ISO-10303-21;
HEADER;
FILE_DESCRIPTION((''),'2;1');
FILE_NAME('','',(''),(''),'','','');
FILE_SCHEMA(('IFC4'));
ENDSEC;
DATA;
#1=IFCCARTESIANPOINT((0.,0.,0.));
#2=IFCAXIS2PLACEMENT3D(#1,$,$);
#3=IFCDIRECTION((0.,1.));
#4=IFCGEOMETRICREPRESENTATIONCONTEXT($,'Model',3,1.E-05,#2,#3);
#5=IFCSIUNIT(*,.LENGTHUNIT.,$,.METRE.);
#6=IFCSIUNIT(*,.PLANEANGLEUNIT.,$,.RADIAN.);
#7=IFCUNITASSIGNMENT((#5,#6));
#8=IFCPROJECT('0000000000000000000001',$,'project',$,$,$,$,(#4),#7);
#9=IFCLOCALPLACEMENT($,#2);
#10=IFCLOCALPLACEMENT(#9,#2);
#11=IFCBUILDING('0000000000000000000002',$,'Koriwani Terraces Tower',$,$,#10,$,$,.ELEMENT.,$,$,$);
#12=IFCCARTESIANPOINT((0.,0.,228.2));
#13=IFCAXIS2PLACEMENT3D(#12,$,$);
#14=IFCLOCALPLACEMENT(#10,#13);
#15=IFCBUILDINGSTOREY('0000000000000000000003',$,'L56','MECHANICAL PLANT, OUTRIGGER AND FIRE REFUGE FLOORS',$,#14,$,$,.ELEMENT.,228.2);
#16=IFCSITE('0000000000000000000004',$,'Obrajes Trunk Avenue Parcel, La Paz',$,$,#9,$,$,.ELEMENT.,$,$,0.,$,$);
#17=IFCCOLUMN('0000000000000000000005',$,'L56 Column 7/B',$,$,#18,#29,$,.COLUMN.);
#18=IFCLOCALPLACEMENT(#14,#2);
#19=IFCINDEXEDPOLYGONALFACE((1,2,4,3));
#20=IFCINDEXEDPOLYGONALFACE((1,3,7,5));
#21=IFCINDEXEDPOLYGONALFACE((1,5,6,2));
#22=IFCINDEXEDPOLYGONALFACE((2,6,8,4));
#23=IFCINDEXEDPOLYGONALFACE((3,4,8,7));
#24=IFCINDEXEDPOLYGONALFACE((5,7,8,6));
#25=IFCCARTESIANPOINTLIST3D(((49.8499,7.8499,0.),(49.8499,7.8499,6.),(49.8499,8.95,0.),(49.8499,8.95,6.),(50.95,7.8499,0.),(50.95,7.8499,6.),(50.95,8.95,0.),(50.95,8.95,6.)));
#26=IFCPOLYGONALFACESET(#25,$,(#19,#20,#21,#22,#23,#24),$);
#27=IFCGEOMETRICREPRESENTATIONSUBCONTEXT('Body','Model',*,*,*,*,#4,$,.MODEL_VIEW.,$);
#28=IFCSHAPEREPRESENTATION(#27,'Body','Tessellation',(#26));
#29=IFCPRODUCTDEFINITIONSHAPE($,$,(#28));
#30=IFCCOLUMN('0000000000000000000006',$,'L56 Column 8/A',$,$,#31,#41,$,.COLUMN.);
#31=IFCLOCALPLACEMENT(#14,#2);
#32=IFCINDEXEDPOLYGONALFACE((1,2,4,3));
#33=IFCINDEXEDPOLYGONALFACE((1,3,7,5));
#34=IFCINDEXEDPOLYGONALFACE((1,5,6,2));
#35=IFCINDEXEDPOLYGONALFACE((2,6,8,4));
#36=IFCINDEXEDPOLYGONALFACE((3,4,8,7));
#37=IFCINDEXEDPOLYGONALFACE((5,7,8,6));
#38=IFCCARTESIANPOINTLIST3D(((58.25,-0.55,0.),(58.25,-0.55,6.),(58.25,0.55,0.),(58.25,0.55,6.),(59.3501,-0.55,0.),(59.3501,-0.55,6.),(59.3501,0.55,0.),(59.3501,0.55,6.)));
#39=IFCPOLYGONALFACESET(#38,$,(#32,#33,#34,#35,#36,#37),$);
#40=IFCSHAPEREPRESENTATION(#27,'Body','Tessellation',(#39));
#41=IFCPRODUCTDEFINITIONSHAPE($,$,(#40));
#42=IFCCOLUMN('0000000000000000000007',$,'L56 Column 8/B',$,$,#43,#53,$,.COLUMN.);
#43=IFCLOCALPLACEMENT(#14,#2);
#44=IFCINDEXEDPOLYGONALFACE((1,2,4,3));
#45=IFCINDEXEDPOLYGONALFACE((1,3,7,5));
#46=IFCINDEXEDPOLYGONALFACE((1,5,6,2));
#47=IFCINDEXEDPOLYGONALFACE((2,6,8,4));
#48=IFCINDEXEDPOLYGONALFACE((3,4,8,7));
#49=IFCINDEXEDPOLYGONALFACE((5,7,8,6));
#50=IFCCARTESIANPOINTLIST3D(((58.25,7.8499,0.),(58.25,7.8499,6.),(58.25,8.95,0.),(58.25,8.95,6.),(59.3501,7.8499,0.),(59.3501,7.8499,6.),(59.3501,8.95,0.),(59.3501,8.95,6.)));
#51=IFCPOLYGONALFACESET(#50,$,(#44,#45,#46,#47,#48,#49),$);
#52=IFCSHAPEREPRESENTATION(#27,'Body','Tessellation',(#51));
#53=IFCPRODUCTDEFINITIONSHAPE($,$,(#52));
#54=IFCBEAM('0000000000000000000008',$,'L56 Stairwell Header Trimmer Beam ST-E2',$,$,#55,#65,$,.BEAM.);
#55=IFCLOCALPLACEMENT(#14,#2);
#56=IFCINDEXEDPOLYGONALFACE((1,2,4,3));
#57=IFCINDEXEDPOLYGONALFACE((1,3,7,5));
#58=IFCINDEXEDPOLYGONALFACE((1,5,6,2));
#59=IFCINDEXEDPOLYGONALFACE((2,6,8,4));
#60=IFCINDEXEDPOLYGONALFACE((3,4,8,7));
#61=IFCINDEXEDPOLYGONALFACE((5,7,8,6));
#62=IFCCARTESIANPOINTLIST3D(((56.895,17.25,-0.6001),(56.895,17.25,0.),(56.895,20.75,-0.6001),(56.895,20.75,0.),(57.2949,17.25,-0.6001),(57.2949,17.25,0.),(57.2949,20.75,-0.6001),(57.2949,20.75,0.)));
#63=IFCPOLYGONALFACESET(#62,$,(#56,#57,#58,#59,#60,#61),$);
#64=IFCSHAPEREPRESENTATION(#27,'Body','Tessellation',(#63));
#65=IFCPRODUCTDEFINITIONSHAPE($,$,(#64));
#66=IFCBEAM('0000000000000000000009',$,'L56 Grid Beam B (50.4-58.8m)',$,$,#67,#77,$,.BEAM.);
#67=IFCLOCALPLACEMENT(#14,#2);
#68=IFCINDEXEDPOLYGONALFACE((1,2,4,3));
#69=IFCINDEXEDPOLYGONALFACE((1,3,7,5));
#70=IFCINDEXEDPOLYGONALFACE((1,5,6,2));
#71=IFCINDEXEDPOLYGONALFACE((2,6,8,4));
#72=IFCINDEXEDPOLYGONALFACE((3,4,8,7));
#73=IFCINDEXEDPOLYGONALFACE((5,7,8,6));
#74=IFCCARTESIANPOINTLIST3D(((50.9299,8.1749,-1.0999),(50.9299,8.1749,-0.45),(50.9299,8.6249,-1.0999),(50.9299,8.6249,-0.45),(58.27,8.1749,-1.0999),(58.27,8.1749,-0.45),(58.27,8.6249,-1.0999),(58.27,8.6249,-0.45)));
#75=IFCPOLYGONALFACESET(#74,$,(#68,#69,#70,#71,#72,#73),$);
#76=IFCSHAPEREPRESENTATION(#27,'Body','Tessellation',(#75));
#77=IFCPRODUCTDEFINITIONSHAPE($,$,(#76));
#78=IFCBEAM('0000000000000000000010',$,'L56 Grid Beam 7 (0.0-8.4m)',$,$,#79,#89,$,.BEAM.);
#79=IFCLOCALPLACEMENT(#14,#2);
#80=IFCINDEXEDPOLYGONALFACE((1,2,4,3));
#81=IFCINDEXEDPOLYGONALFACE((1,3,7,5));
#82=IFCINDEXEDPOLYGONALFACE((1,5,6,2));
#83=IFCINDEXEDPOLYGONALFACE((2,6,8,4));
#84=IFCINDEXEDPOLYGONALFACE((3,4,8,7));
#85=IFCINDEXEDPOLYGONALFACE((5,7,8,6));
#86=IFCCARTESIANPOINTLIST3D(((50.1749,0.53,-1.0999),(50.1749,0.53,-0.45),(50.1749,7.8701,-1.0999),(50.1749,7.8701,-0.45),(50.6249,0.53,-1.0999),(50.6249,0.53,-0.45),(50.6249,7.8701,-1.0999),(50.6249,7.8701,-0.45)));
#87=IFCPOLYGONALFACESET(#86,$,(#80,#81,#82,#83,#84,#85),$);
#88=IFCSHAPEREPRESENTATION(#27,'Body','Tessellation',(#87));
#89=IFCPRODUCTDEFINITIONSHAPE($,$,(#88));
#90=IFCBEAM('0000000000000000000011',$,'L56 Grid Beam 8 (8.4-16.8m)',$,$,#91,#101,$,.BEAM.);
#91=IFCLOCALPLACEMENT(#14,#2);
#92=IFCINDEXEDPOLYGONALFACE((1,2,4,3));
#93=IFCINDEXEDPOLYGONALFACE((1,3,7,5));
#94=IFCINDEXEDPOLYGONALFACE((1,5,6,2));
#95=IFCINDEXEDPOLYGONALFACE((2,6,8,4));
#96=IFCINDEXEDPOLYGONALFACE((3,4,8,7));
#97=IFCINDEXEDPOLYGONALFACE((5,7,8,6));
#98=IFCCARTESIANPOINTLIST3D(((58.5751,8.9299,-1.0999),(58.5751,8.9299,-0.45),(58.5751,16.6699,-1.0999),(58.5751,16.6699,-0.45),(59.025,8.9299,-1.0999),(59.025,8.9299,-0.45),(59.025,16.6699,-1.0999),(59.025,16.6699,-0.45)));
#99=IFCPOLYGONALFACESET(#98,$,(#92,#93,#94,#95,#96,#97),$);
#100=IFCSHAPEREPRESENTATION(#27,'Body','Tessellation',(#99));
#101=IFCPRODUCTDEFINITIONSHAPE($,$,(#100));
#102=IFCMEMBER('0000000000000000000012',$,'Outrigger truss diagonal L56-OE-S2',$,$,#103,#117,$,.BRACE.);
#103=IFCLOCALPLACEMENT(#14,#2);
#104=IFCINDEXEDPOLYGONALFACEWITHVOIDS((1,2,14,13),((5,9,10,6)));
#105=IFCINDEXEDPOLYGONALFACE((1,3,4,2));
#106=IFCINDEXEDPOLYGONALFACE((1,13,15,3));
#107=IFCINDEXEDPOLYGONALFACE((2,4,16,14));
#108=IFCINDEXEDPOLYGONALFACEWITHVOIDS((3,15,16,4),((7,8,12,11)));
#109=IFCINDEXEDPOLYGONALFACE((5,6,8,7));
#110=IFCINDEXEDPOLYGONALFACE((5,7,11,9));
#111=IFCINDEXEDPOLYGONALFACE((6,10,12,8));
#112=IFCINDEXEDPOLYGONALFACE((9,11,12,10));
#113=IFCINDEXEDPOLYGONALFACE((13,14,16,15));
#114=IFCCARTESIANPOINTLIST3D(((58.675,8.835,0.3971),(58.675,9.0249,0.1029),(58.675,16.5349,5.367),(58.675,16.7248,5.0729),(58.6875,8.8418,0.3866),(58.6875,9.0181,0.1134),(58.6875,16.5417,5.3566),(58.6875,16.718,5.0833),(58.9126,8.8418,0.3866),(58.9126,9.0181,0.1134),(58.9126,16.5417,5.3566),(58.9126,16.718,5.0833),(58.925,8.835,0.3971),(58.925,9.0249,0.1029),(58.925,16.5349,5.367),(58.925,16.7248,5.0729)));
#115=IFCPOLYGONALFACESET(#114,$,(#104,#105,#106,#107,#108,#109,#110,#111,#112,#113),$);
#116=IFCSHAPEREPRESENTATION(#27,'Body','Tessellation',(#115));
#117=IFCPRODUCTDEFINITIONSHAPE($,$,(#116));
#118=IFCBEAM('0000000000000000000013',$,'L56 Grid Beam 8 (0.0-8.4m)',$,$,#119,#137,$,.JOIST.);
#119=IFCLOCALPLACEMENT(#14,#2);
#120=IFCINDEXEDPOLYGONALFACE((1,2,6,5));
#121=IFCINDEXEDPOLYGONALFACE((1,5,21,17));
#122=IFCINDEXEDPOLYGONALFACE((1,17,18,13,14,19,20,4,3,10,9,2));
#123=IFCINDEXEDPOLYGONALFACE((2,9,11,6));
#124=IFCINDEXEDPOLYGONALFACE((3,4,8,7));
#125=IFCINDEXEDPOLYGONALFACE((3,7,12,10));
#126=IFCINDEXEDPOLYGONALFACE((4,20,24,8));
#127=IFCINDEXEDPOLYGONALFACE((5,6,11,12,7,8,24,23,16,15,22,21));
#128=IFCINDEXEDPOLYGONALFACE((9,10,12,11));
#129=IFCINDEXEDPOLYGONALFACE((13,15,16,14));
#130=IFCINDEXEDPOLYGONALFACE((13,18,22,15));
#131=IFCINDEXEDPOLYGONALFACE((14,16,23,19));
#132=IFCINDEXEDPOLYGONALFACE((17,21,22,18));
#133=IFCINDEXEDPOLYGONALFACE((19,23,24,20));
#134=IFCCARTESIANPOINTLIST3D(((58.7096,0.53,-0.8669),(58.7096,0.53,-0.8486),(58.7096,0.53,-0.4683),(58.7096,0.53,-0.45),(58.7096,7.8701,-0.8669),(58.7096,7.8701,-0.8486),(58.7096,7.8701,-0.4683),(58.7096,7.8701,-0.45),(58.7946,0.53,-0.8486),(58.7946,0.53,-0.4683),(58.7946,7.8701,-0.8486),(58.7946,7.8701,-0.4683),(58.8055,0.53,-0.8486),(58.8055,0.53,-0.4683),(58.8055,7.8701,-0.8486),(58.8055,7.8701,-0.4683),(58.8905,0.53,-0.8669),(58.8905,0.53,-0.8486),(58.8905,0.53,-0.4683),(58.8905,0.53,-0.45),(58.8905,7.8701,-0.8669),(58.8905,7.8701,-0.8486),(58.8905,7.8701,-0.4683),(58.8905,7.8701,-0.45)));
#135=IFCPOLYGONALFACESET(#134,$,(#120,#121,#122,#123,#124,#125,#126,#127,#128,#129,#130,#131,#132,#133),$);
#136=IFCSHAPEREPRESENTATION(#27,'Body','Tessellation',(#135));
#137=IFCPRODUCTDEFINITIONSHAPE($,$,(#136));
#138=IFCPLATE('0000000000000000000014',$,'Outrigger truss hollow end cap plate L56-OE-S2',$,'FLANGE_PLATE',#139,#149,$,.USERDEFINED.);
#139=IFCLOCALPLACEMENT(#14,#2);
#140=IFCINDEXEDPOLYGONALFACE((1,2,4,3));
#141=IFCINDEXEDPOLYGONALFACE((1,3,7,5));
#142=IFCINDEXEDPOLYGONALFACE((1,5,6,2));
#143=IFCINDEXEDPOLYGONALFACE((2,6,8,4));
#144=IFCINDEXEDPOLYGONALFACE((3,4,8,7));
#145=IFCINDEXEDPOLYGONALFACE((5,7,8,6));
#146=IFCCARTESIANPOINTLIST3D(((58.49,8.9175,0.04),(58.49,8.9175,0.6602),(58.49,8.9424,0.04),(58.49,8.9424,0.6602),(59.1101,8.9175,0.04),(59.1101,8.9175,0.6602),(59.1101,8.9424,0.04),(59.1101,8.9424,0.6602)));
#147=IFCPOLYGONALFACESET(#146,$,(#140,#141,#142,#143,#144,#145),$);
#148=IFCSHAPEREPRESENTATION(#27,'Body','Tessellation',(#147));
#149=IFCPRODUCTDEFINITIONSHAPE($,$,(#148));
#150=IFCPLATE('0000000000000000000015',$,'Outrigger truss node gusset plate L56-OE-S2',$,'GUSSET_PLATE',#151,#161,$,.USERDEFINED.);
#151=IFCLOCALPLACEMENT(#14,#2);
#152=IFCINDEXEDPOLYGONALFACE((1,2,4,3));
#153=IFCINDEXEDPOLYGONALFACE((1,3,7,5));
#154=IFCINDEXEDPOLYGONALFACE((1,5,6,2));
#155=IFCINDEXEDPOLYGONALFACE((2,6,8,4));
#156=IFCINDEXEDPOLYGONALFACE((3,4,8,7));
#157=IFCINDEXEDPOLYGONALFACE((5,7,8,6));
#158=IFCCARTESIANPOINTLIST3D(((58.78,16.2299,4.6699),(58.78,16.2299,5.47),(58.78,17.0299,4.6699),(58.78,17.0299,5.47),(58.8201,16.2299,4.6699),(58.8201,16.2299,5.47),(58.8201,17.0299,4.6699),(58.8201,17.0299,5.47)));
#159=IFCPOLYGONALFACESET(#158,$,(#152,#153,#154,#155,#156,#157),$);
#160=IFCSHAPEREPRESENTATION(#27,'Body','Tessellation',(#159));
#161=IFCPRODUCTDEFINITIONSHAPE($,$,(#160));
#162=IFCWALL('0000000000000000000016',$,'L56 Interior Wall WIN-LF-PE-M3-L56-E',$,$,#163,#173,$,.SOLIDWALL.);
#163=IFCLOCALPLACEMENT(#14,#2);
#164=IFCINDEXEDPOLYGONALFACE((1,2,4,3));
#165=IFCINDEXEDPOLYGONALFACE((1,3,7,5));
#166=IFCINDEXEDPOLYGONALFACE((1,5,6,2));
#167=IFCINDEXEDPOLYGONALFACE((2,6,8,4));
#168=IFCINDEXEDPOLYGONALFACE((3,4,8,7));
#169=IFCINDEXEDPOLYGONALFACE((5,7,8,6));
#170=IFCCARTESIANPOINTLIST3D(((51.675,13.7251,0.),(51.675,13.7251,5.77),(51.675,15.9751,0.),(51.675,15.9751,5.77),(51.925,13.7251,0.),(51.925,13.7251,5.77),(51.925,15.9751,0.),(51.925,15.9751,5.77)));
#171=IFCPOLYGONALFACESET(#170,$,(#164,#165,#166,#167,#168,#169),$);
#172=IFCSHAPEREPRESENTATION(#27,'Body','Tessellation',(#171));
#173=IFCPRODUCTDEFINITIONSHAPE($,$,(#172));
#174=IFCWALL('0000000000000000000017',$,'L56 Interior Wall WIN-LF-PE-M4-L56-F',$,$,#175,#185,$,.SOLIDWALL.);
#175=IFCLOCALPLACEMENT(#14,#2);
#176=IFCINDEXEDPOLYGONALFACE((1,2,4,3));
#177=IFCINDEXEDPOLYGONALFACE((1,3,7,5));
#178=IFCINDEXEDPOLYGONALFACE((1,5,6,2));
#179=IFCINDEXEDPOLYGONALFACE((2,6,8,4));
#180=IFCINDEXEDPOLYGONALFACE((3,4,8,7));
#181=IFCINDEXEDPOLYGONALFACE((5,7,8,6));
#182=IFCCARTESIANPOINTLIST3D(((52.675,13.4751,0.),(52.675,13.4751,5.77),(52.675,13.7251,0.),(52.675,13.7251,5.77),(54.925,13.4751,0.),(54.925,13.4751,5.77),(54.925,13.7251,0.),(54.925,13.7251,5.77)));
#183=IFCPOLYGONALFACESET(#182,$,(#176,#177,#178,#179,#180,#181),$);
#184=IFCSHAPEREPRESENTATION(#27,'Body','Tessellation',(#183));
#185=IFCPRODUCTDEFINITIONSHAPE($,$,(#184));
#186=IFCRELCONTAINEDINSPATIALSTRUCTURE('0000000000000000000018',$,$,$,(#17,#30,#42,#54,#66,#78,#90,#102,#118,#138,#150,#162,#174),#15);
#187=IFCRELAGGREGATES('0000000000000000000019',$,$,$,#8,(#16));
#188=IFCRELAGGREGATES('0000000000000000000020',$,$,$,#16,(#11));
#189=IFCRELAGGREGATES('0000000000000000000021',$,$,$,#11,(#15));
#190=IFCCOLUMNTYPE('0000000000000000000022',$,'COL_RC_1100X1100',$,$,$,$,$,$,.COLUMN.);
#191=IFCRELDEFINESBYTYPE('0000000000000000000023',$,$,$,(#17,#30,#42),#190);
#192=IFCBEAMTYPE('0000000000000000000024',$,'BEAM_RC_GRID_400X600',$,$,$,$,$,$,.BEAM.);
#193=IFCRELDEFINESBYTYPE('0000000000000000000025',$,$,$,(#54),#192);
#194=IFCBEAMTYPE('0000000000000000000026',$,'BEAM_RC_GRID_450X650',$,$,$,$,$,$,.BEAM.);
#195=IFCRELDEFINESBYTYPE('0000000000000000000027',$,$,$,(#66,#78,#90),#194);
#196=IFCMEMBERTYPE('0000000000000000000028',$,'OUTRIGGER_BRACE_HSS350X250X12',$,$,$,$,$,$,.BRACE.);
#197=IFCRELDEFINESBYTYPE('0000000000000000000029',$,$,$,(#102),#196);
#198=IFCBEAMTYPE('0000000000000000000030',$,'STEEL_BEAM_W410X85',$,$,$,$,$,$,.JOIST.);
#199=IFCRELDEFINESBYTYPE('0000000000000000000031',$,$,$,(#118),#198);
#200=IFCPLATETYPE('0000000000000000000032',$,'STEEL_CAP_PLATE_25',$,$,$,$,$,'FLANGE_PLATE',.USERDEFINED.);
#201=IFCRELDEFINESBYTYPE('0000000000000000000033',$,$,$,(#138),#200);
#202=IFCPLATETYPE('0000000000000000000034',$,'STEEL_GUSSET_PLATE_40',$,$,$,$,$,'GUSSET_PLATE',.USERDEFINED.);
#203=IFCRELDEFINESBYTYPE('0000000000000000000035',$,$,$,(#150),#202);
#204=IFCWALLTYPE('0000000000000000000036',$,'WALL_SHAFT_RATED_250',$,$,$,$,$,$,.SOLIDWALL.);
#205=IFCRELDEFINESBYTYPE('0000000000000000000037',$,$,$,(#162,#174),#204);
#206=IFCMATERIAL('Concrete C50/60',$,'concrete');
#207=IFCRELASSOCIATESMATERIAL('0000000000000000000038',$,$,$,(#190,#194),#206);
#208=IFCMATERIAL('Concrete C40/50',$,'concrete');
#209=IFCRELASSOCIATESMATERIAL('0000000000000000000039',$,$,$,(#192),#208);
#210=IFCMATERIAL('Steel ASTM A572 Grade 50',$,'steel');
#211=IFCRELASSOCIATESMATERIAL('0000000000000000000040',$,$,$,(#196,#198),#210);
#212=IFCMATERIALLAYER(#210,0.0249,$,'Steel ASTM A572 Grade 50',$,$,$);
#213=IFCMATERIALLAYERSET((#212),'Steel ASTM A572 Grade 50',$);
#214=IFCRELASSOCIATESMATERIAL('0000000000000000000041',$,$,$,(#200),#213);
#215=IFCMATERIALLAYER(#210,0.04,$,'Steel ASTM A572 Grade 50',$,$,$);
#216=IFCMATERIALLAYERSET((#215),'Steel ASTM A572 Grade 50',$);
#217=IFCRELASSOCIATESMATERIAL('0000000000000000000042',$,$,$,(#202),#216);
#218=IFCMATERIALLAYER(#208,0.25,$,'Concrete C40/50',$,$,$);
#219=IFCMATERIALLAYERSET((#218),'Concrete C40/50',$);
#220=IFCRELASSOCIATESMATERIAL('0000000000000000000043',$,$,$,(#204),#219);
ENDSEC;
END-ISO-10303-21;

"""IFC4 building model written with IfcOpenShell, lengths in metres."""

from ifc_helpers import new_model, si_unit, direction, frame, frame_2d, origin, origin_2d, place, context, subcontext, project, spatial, rectangle, hollow_rectangle, i_section, extrude, material, layer, layer_set, material_profile, profile_set, type_object, element, save


model = new_model("IFC4")

# Units and contexts
model_context = context("Model", 3, precision=1e-05, world=origin(), true_north=direction((0.0, 1.0)))
body_context = subcontext(model_context, "Body", "Model", "MODEL_VIEW")
ifc_project = project(units=[si_unit("LENGTHUNIT", "METRE"), si_unit("PLANEANGLEUNIT", "RADIAN")], contexts=[model_context])

# Site, building, storey
site_placement = place(None, origin())
site = spatial("IfcSite", under=ifc_project, at=site_placement, Name="Obrajes Trunk Avenue Parcel, La Paz", CompositionType="ELEMENT", RefElevation=0.0)
building_placement = place(site_placement, origin())
building = spatial("IfcBuilding", under=site, at=building_placement, Name="Koriwani Terraces Tower", CompositionType="ELEMENT")
storey_placement = place(building_placement, frame((0.0, 0.0, 228.2)))
storey = spatial("IfcBuildingStorey", under=building, at=storey_placement, Name="L56", Description="MECHANICAL PLANT, OUTRIGGER AND FIRE REFUGE FLOORS", CompositionType="ELEMENT", Elevation=228.2)

# Columns
ifc_material_1 = material(Name="Concrete C50/60", Category="concrete")
ifc_material_profile_1 = material_profile(ifc_material_1, rectangle(XDim=1.1001, YDim=1.1001, at=origin_2d()), Name="Concrete C50/60", Category="LoadBearing")
ifc_profile_set_1 = profile_set([ifc_material_profile_1], Name="Concrete C50/60")
column_type = type_object("IfcColumnType", Name="COL_RC_1100X1100", PredefinedType="COLUMN", material=ifc_profile_set_1)
for number, where, z_axis, x_axis, name in (
    (1, (50.3999, 8.3999, 0.0), (0.0, 0.0, 1.0), (1.0, 0.0, 0.0), "L56 Column 7/B"),
    (2, (58.8, 0.0, 0.0), (0.0, 0.0, 1.0), (1.0, 0.0, 0.0), "L56 Column 8/A"),
    (3, (58.8, 8.3999, 0.0), (0.0, 0.0, 1.0), (1.0, 0.0, 0.0), "L56 Column 8/B"),
):
    element("IfcColumn", number, at=place(storey_placement, frame(where, z_axis=z_axis, x_axis=x_axis)), inside=storey, type_object=column_type, Name=name, PredefinedType="COLUMN", context=body_context, shape_type="SweptSolid", body=[
        extrude(rectangle(XDim=1.1001, YDim=1.1001, at=origin_2d()), origin(), (0.0, 0.0, 1.0), 6.0),
    ])

# Beams
ifc_material_2 = material(Name="Concrete C40/50", Category="concrete")
ifc_material_profile_2 = material_profile(ifc_material_2, rectangle(XDim=0.3999, YDim=0.6001, at=origin_2d()), Name="Concrete C40/50", Category="LoadBearing")
ifc_profile_set_2 = profile_set([ifc_material_profile_2], Name="Concrete C40/50")
beam_type_1 = type_object("IfcBeamType", Name="BEAM_RC_GRID_400X600", PredefinedType="BEAM", material=ifc_profile_set_2)
beam_1_placement = place(storey_placement, frame((57.095, 17.25, -0.3), z_axis=(0.0, 1.0, 0.0), x_axis=(-1.0, 0.0, 0.0)))
element("IfcBeam", 4, at=beam_1_placement, inside=storey, type_object=beam_type_1, Name="L56 Stairwell Header Trimmer Beam ST-E2", PredefinedType="BEAM", context=body_context, shape_type="SweptSolid", body=[
    extrude(rectangle(XDim=0.3999, YDim=0.6001, at=origin_2d()), origin(), (0.0, 0.0, 1.0), 3.5),
])
ifc_material_profile_3 = material_profile(ifc_material_1, rectangle(XDim=0.45, YDim=0.6499, at=origin_2d()), Name="Concrete C50/60", Category="LoadBearing")
ifc_profile_set_3 = profile_set([ifc_material_profile_3], Name="Concrete C50/60")
beam_type_2 = type_object("IfcBeamType", Name="BEAM_RC_GRID_450X650", PredefinedType="BEAM", material=ifc_profile_set_3)
for number, where, z_axis, x_axis, name in (
    (5, (50.9299, 8.3999, -0.7749), (1.0, 0.0, 0.0), (0.0, 1.0, 0.0), "L56 Grid Beam B (50.4-58.8m)"),
    (6, (50.3999, 0.53, -0.7749), (0.0, 1.0, 0.0), (-1.0, 0.0, 0.0), "L56 Grid Beam 7 (0.0-8.4m)"),
):
    element("IfcBeam", number, at=place(storey_placement, frame(where, z_axis=z_axis, x_axis=x_axis)), inside=storey, type_object=beam_type_2, Name=name, PredefinedType="BEAM", context=body_context, shape_type="SweptSolid", body=[
        extrude(rectangle(XDim=0.45, YDim=0.6499, at=origin_2d()), origin(), (0.0, 0.0, 1.0), 7.3401),
    ])
beam_2_placement = place(storey_placement, frame((58.8, 8.9299, -0.7749), z_axis=(0.0, 1.0, 0.0), x_axis=(-1.0, 0.0, 0.0)))
element("IfcBeam", 7, at=beam_2_placement, inside=storey, type_object=beam_type_2, Name="L56 Grid Beam 8 (8.4-16.8m)", PredefinedType="BEAM", context=body_context, shape_type="SweptSolid", body=[
    extrude(rectangle(XDim=0.45, YDim=0.6499, at=origin_2d()), origin(), (0.0, 0.0, 1.0), 7.74),
])

# Member
ifc_material_3 = material(Name="Steel ASTM A572 Grade 50", Category="steel")
ifc_material_profile_4 = material_profile(ifc_material_3, hollow_rectangle(XDim=0.25, YDim=0.3501, WallThickness=0.0125, at=origin_2d()), Name="Steel ASTM A572 Grade 50", Category="LoadBearing")
ifc_profile_set_4 = profile_set([ifc_material_profile_4], Name="Steel ASTM A572 Grade 50")
member_type = type_object("IfcMemberType", Name="OUTRIGGER_BRACE_HSS350X250X12", PredefinedType="BRACE", material=ifc_profile_set_4)
member_placement = place(storey_placement, frame((58.8, 8.9299, 0.25), z_axis=(0.0, 0.840184, 0.542301), x_axis=(-1.0, 0.0, 0.0)))
element("IfcMember", 8, at=member_placement, inside=storey, type_object=member_type, Name="Outrigger truss diagonal L56-OE-S2", PredefinedType="BRACE", context=body_context, shape_type="SweptSolid", body=[
    extrude(hollow_rectangle(XDim=0.25, YDim=0.3501, WallThickness=0.0125, at=origin_2d()), origin(), (0.0, 0.0, 1.0), 9.1646),
])

# Beam
ifc_material_profile_5 = material_profile(ifc_material_3, i_section(OverallWidth=0.1809, OverallDepth=0.417, WebThickness=0.011, FlangeThickness=0.0183, at=origin_2d()), Name="Steel ASTM A572 Grade 50", Category="LoadBearing")
ifc_profile_set_5 = profile_set([ifc_material_profile_5], Name="Steel ASTM A572 Grade 50")
beam_type_3 = type_object("IfcBeamType", Name="STEEL_BEAM_W410X85", PredefinedType="JOIST", material=ifc_profile_set_5)
beam_3_placement = place(storey_placement, frame((58.8, 0.53, -0.6584), z_axis=(0.0, 1.0, 0.0), x_axis=(-1.0, 0.0, 0.0)))
element("IfcBeam", 9, at=beam_3_placement, inside=storey, type_object=beam_type_3, Name="L56 Grid Beam 8 (0.0-8.4m)", PredefinedType="JOIST", context=body_context, shape_type="SweptSolid", body=[
    extrude(i_section(OverallWidth=0.1809, OverallDepth=0.417, WebThickness=0.011, FlangeThickness=0.0183, at=origin_2d()), origin(), (0.0, 0.0, 1.0), 7.3401),
])

# Plates
ifc_layer_1 = layer(ifc_material_3, 0.0249, Name="Steel ASTM A572 Grade 50")
ifc_layer_set_1 = layer_set([ifc_layer_1], Name="Steel ASTM A572 Grade 50")
plate_type_1 = type_object("IfcPlateType", Name="STEEL_CAP_PLATE_25", ElementType="FLANGE_PLATE", PredefinedType="USERDEFINED", material=ifc_layer_set_1)
plate_1_placement = place(storey_placement, frame((58.8, 8.9299, 0.04), z_axis=(0.0, 0.0, 1.0), x_axis=(0.0, 1.0, 0.0)))
element("IfcPlate", 10, at=plate_1_placement, inside=storey, type_object=plate_type_1, Name="Outrigger truss hollow end cap plate L56-OE-S2", ObjectType="FLANGE_PLATE", PredefinedType="USERDEFINED", context=body_context, shape_type="SweptSolid", body=[
    extrude(rectangle(XDim=0.0249, YDim=0.6201, at=origin_2d()), origin(), (0.0, 0.0, 1.0), 0.6201),
])
ifc_layer_2 = layer(ifc_material_3, 0.04, Name="Steel ASTM A572 Grade 50")
ifc_layer_set_2 = layer_set([ifc_layer_2], Name="Steel ASTM A572 Grade 50")
plate_type_2 = type_object("IfcPlateType", Name="STEEL_GUSSET_PLATE_40", ElementType="GUSSET_PLATE", PredefinedType="USERDEFINED", material=ifc_layer_set_2)
plate_2_placement = place(storey_placement, frame((58.8, 16.6299, 4.6699), z_axis=(0.0, 0.0, 1.0), x_axis=(0.0, 1.0, 0.0)))
element("IfcPlate", 11, at=plate_2_placement, inside=storey, type_object=plate_type_2, Name="Outrigger truss node gusset plate L56-OE-S2", ObjectType="GUSSET_PLATE", PredefinedType="USERDEFINED", context=body_context, shape_type="SweptSolid", body=[
    extrude(rectangle(XDim=0.8, YDim=0.04, at=origin_2d()), origin(), (0.0, 0.0, 1.0), 0.8),
])

# Shared definitions
ifc_layer_3 = layer(ifc_material_2, 0.25, Name="Concrete C40/50")
ifc_layer_set_3 = layer_set([ifc_layer_3], Name="Concrete C40/50")
wall_type = type_object("IfcWallType", Name="WALL_SHAFT_RATED_250", PredefinedType="SOLIDWALL", material=ifc_layer_set_3)

# Walls
for number, where, z_axis, x_axis, name in (
    (12, (51.8, 13.7251, 0.0), (0.0, 0.0, 1.0), (0.0, 1.0, 0.0), "L56 Interior Wall WIN-LF-PE-M3-L56-E"),
    (13, (52.675, 13.6001, 0.0), (0.0, 0.0, 1.0), (1.0, 0.0, 0.0), "L56 Interior Wall WIN-LF-PE-M4-L56-F"),
):
    element("IfcWall", number, at=place(storey_placement, frame(where, z_axis=z_axis, x_axis=x_axis)), inside=storey, type_object=wall_type, Name=name, PredefinedType="SOLIDWALL", context=body_context, shape_type="SweptSolid", body=[
        extrude(rectangle(XDim=2.25, YDim=0.25, at=frame_2d((1.125, 0.0))), origin(), (0.0, 0.0, 1.0), 5.77),
    ])

save(model, "model.ifc")
